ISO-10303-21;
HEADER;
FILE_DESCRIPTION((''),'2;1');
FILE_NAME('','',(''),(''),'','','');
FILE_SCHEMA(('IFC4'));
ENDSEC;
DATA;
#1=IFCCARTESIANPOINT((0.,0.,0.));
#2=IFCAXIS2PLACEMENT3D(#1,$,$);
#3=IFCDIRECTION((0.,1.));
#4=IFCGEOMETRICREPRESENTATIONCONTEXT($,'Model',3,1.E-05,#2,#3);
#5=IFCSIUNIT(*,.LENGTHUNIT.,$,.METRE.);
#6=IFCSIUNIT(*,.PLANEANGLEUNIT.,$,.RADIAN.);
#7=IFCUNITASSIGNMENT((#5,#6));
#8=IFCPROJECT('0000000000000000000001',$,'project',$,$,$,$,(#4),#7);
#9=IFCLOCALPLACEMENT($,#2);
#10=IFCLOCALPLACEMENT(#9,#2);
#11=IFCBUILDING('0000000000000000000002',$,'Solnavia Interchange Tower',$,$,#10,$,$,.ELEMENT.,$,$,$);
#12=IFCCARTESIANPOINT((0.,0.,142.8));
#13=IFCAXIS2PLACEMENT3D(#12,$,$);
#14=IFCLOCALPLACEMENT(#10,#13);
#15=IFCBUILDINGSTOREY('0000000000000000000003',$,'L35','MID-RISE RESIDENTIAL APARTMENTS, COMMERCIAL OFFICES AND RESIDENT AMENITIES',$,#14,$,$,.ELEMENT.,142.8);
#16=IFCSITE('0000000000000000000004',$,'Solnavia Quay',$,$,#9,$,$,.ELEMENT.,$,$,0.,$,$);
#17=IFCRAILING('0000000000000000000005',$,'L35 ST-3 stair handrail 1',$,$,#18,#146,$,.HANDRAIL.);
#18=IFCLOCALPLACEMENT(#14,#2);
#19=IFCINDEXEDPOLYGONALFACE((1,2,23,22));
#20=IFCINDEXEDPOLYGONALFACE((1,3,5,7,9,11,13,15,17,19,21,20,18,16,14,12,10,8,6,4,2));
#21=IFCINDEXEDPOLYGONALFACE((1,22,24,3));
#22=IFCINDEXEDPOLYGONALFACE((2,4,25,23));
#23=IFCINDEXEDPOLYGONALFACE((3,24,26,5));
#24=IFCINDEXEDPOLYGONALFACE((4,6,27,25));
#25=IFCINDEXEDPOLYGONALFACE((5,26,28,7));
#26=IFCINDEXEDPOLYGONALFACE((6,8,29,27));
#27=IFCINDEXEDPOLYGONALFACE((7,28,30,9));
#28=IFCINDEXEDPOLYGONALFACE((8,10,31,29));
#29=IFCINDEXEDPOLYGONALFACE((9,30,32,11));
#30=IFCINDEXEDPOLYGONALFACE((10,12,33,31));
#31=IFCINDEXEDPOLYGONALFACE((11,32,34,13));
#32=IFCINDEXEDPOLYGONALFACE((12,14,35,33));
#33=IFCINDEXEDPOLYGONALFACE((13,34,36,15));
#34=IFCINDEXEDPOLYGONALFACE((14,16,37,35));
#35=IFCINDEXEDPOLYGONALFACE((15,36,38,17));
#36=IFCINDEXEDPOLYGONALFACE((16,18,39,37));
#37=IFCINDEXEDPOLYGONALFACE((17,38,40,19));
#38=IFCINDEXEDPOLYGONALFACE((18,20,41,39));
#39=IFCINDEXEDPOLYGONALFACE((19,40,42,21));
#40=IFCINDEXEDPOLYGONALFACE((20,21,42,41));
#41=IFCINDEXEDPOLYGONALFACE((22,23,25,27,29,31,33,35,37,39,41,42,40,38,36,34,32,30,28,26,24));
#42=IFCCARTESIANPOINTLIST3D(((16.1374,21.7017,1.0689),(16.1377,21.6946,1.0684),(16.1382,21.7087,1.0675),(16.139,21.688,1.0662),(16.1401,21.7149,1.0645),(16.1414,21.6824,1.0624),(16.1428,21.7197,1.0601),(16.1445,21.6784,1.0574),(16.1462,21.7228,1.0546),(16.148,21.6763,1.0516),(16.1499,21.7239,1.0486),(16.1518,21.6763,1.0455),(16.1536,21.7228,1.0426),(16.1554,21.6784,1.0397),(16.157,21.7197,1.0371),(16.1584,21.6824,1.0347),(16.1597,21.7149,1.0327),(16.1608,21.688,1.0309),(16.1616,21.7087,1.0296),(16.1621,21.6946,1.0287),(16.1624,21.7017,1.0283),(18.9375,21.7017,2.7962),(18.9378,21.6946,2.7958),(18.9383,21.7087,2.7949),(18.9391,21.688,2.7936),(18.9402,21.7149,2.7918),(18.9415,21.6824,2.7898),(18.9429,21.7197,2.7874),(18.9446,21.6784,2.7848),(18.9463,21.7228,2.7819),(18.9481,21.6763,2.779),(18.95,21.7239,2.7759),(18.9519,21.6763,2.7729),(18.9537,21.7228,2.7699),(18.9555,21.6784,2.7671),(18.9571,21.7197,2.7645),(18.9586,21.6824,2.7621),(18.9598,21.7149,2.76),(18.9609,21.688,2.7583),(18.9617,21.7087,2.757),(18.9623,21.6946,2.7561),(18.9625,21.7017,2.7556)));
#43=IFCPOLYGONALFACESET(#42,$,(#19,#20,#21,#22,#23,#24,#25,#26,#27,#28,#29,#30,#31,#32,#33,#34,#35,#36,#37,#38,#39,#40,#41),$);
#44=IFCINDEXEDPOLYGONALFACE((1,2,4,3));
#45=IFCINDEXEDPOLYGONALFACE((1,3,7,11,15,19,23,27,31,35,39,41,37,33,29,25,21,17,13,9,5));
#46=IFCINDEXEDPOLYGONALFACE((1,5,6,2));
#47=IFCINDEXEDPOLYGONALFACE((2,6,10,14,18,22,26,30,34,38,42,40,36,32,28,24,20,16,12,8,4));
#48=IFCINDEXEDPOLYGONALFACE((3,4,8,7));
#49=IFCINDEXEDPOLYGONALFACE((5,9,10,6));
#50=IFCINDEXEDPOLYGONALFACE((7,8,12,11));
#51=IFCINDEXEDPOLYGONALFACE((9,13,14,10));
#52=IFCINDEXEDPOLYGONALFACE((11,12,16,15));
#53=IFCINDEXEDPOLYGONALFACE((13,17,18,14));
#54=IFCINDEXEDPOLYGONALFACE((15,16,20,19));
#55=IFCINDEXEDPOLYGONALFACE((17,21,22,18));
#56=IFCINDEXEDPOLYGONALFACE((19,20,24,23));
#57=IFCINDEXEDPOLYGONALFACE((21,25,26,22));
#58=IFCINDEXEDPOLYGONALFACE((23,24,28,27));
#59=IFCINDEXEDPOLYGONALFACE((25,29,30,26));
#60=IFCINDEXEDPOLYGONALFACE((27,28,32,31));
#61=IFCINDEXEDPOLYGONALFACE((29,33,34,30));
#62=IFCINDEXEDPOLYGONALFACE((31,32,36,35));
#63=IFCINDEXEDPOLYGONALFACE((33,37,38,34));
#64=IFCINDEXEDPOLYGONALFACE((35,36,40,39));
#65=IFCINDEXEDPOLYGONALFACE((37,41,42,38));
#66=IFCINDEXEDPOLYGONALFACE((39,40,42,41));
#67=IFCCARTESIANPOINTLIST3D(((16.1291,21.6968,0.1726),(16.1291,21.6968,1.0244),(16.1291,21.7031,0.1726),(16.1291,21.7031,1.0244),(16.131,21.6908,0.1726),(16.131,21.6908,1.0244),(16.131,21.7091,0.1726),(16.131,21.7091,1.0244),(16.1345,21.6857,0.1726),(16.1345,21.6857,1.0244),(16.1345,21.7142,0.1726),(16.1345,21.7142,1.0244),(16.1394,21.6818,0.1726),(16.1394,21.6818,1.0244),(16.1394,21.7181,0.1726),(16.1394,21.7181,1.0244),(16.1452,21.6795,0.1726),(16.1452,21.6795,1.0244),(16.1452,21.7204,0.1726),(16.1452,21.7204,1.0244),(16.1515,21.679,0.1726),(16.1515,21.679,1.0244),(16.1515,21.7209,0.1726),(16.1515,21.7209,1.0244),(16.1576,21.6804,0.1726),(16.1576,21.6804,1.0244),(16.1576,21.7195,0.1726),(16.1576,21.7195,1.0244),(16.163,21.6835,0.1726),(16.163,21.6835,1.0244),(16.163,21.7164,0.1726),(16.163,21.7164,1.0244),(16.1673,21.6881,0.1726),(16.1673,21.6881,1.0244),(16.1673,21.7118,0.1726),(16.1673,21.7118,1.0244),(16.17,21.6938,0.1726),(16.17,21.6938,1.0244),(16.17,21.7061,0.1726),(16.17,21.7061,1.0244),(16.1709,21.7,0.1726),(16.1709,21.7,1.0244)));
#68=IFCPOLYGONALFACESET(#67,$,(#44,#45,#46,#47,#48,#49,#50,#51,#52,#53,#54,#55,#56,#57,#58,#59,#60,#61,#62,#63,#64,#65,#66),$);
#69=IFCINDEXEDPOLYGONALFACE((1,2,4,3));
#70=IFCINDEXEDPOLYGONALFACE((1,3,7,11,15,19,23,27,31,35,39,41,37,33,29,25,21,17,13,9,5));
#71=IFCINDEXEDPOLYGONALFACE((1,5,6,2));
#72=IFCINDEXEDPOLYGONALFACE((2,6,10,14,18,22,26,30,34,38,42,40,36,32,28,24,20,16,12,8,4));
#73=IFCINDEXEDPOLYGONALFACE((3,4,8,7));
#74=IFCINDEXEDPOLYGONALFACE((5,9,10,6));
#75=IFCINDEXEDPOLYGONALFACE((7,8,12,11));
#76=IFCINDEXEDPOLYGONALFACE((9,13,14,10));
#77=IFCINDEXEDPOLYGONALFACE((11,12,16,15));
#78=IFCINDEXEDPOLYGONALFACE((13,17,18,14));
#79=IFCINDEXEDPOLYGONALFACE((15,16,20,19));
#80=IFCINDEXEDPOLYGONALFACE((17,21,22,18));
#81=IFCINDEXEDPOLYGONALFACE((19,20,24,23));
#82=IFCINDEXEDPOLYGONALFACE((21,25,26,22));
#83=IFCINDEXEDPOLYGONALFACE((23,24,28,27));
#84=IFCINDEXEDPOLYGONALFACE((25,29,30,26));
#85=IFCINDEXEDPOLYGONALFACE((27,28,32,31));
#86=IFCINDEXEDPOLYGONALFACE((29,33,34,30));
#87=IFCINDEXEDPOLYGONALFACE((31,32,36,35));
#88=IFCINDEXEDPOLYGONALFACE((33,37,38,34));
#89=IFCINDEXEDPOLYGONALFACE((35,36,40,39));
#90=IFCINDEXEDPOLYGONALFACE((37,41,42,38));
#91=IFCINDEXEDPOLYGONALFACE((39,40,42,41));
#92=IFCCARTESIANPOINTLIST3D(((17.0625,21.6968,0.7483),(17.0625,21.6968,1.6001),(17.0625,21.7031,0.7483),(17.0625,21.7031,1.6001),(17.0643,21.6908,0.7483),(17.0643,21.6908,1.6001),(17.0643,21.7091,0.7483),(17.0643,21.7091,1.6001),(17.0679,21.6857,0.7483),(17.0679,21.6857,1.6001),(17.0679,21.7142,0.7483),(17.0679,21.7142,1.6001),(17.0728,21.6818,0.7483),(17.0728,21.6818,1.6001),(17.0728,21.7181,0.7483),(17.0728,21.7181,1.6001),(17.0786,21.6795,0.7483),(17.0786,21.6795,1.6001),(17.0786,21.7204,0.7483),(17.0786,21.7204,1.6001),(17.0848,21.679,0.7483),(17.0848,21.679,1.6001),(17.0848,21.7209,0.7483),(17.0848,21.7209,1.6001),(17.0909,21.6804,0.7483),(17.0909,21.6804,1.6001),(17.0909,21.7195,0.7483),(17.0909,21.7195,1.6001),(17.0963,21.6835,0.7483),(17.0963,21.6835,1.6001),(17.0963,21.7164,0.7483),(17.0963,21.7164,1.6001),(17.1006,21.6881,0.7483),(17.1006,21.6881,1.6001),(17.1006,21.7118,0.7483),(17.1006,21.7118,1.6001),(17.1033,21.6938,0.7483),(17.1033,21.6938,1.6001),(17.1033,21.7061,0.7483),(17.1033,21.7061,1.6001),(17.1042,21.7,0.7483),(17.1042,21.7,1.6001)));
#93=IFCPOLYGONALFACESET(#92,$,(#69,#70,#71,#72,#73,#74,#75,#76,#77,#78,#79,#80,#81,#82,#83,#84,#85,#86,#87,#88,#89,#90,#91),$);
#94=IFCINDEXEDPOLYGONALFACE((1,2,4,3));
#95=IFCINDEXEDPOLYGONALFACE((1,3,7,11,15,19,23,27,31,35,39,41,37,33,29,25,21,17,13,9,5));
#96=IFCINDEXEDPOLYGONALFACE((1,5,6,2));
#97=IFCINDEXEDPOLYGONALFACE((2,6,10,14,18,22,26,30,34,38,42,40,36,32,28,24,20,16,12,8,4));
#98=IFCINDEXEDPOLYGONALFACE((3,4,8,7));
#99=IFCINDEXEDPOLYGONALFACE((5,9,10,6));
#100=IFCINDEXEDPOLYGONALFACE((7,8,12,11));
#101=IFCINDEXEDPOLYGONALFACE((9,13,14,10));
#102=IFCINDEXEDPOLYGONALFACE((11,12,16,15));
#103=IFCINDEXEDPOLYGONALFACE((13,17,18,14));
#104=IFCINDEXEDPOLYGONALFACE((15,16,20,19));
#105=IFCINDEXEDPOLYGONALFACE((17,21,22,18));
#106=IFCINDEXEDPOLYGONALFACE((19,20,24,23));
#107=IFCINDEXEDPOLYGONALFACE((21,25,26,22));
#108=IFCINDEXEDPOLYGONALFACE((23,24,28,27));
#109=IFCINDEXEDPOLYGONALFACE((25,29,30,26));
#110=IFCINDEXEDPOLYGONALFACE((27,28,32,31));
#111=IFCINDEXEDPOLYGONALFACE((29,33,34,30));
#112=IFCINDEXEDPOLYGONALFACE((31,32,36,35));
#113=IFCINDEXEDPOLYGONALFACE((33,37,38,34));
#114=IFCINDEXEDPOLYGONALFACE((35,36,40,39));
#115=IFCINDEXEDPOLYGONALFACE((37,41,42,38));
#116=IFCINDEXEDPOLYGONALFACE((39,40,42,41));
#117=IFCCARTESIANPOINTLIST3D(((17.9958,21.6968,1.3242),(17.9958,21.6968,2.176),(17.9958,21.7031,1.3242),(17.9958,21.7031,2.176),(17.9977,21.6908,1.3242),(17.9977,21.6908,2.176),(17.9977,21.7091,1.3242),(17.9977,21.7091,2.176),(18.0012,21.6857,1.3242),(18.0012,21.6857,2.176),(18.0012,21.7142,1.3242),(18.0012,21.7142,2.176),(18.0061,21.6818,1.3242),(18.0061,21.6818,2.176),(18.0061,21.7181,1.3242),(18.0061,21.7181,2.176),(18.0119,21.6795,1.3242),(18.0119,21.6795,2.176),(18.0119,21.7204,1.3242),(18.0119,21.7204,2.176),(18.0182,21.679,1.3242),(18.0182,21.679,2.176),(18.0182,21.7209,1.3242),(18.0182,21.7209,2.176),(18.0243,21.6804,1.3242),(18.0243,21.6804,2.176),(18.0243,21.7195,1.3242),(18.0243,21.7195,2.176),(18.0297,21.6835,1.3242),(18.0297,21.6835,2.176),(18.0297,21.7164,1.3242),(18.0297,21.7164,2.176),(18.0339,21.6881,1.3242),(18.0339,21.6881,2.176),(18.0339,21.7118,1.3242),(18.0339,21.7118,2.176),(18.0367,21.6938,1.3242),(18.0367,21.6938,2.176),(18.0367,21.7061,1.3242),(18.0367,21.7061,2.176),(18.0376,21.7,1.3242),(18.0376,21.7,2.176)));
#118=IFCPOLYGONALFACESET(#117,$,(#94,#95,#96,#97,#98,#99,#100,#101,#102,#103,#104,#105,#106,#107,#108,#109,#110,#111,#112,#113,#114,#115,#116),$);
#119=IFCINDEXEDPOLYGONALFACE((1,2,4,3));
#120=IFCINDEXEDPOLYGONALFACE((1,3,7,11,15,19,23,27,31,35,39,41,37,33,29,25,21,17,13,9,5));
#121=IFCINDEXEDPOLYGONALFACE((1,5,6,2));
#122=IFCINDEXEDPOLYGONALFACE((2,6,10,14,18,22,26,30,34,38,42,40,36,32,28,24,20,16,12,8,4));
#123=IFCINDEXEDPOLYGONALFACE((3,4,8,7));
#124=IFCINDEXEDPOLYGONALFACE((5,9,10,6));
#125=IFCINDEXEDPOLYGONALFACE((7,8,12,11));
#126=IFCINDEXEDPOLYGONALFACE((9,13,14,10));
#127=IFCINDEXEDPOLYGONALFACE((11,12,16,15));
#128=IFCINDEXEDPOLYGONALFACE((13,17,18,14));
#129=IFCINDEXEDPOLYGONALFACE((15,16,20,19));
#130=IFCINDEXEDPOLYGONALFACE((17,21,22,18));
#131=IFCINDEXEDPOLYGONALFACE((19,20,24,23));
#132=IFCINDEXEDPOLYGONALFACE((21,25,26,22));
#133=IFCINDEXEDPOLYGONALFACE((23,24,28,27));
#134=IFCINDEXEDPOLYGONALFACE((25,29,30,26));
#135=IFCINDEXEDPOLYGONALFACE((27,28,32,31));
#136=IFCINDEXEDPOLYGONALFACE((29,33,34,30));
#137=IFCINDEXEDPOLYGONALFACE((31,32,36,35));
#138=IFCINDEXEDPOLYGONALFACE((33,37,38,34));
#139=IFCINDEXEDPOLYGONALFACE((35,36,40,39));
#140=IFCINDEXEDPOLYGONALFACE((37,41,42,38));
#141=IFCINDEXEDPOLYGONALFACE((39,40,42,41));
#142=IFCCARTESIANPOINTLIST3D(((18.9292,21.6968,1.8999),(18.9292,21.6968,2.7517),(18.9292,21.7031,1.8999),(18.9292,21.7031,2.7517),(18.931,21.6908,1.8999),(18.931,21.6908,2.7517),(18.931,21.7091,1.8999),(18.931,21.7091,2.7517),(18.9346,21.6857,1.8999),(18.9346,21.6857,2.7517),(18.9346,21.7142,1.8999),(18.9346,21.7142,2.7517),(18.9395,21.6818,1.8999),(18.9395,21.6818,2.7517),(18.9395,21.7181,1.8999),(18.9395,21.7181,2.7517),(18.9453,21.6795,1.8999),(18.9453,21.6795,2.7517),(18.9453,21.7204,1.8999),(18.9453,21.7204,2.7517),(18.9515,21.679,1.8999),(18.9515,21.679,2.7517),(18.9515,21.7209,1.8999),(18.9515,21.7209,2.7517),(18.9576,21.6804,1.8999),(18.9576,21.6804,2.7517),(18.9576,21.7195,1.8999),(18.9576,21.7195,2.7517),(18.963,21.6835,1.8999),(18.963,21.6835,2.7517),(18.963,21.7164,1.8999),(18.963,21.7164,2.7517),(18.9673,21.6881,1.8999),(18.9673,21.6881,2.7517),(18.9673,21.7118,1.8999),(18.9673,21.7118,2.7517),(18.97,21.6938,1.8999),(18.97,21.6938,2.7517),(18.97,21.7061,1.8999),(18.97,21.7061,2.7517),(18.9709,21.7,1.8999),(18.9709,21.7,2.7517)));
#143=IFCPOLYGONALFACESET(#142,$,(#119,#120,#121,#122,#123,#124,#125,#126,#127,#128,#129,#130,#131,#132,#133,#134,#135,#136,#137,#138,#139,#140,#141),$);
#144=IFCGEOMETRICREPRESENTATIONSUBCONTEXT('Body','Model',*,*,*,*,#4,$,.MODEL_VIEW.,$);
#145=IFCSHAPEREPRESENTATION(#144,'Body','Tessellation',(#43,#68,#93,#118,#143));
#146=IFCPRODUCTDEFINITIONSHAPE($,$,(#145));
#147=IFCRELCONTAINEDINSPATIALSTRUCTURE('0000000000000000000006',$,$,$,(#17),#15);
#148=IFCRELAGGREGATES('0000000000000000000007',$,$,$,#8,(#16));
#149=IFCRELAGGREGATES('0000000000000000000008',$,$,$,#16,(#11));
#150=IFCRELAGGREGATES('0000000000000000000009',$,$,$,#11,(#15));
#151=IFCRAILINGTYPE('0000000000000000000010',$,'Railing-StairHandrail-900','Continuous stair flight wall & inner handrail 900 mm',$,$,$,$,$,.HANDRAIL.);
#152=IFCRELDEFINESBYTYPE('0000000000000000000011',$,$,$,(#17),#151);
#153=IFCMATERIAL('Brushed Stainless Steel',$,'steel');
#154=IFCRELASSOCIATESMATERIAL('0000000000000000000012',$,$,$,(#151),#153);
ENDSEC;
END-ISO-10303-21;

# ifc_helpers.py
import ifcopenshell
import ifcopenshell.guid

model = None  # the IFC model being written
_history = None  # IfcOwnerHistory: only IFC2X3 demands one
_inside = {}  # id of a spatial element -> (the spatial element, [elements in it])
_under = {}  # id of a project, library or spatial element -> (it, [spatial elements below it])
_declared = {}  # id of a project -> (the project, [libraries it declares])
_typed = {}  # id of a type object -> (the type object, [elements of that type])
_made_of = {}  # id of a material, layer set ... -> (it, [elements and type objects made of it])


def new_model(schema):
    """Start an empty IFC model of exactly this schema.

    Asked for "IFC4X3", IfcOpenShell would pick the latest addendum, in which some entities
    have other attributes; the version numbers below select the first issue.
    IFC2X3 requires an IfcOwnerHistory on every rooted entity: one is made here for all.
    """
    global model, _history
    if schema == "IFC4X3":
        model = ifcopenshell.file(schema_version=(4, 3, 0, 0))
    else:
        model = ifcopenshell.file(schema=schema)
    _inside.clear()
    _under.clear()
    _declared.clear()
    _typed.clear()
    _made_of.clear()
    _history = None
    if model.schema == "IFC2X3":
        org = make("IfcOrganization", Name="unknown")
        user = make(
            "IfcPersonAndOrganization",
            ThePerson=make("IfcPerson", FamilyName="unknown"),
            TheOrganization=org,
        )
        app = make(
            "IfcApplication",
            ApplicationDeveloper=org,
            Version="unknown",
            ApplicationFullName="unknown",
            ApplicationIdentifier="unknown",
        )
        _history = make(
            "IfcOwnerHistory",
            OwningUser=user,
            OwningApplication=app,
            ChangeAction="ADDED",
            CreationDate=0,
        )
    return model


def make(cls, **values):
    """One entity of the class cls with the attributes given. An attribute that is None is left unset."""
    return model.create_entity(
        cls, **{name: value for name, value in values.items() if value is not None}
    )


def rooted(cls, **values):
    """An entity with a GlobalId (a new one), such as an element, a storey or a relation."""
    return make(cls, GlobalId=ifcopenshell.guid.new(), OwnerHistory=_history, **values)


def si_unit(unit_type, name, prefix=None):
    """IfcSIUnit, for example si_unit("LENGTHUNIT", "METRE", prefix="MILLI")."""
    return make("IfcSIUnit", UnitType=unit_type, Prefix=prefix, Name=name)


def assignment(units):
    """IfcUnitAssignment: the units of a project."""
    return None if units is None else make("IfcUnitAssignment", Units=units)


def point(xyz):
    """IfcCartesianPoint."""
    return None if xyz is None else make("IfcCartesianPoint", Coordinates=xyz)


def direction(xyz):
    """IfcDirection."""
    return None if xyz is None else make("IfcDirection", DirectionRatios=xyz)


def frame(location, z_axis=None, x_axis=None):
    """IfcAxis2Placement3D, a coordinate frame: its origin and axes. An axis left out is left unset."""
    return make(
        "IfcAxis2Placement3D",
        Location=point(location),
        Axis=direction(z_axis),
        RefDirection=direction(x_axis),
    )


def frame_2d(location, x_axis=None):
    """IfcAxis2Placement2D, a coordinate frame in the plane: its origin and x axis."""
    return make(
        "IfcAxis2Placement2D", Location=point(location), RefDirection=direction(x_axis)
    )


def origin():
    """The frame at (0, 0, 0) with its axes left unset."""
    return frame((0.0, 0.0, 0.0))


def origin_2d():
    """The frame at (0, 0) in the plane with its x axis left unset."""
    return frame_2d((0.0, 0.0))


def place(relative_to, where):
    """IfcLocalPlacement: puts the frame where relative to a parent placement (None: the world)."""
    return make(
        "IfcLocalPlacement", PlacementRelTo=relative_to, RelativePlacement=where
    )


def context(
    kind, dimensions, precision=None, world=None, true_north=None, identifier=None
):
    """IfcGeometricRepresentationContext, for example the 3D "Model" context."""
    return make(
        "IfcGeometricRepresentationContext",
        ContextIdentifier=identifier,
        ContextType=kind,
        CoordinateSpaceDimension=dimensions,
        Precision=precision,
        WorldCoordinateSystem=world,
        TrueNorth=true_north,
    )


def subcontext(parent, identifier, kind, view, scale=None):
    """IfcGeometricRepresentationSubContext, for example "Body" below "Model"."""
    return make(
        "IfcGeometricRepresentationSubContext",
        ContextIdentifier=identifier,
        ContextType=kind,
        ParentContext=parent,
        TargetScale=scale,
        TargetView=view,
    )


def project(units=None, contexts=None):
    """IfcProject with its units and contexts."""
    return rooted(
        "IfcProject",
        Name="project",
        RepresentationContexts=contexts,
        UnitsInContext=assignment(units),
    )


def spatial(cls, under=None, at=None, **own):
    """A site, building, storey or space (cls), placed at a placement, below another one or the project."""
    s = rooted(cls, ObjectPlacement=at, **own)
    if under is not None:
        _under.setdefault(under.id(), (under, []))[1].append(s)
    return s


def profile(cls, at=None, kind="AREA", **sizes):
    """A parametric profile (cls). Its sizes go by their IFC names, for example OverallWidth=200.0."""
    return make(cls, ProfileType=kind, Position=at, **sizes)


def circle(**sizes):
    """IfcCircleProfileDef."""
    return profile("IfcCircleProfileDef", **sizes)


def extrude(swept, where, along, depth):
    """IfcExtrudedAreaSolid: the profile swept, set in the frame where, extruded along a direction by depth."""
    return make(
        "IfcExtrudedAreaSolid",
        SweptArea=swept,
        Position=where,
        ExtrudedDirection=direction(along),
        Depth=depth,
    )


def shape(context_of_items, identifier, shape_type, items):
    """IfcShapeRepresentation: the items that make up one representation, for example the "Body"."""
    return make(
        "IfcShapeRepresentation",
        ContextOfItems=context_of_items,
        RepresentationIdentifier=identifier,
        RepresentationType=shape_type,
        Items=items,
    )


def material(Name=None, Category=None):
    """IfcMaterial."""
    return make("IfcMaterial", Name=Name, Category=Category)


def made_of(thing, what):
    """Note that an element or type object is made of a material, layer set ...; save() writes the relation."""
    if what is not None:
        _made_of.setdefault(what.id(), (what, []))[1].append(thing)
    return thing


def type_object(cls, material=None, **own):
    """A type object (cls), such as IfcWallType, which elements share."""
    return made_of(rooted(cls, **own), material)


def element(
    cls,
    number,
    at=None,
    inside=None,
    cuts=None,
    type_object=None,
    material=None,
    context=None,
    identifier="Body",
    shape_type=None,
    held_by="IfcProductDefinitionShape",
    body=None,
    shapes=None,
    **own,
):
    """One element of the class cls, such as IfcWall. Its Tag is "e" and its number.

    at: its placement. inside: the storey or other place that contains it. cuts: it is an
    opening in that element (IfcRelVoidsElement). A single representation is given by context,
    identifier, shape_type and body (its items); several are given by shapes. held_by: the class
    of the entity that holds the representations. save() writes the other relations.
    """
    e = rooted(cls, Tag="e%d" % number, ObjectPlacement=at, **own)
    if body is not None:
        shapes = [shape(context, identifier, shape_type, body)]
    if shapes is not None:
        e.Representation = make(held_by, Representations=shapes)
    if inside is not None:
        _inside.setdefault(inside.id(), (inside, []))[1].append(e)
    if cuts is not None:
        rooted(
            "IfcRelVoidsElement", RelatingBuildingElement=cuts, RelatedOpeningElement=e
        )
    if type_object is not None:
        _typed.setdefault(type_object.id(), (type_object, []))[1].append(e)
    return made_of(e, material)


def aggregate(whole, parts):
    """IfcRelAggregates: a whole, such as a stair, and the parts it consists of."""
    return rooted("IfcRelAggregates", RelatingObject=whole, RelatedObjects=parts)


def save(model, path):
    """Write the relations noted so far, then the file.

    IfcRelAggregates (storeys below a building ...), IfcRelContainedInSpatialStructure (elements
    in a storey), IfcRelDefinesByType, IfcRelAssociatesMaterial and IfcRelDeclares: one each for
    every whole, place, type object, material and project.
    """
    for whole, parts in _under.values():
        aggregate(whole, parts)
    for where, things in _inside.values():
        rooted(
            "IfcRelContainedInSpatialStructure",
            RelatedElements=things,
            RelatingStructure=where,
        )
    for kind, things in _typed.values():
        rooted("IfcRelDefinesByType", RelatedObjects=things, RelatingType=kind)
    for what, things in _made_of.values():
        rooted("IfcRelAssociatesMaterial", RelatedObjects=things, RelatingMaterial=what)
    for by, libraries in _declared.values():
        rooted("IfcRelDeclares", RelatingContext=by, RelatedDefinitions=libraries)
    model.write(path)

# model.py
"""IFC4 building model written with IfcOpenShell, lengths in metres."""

from ifc_helpers import new_model, si_unit, direction, frame, origin, origin_2d, place, context, subcontext, project, spatial, circle, extrude, material, type_object, element, save


model = new_model("IFC4")

# Units and contexts
model_context = context("Model", 3, precision=1e-05, world=origin(), true_north=direction((0.0, 1.0)))
body_context = subcontext(model_context, "Body", "Model", "MODEL_VIEW")
ifc_project = project(units=[si_unit("LENGTHUNIT", "METRE"), si_unit("PLANEANGLEUNIT", "RADIAN")], contexts=[model_context])

# Site, building, storey
site_placement = place(None, origin())
site = spatial("IfcSite", under=ifc_project, at=site_placement, Name="Solnavia Quay", CompositionType="ELEMENT", RefElevation=0.0)
building_placement = place(site_placement, origin())
building = spatial("IfcBuilding", under=site, at=building_placement, Name="Solnavia Interchange Tower", CompositionType="ELEMENT")
storey_placement = place(building_placement, frame((0.0, 0.0, 142.8)))
storey = spatial("IfcBuildingStorey", under=building, at=storey_placement, Name="L35", Description="MID-RISE RESIDENTIAL APARTMENTS, COMMERCIAL OFFICES AND RESIDENT AMENITIES", CompositionType="ELEMENT", Elevation=142.8)

# Railing
ifc_material_1 = material(Name="Brushed Stainless Steel", Category="steel")
railing_type_1 = type_object("IfcRailingType", Name="Railing-StairHandrail-900", Description="Continuous stair flight wall & inner handrail 900 mm", PredefinedType="HANDRAIL", material=ifc_material_1)
railing_1_placement = place(storey_placement, frame((16.1499, 21.7, 0.1726)))
element("IfcRailing", 1, at=railing_1_placement, inside=storey, type_object=railing_type_1, Name="L35 ST-3 stair handrail 1", PredefinedType="HANDRAIL", context=body_context, shape_type="SweptSolid", body=[
    extrude(circle(Radius=0.0239, at=origin_2d()), frame((0.0, 0.0, 0.876), z_axis=(0.85109, 0.0, 0.52502), x_axis=(0.0, 1.0, 0.0)), (0.0, 0.0, 1.0), 3.29),
    extrude(circle(Radius=0.021, at=origin_2d()), origin(), (0.0, 0.0, 1.0), 0.8518),
    extrude(circle(Radius=0.021, at=origin_2d()), frame((0.9333, 0.0, 0.5757)), (0.0, 0.0, 1.0), 0.8518),
    extrude(circle(Radius=0.021, at=origin_2d()), frame((1.8667, 0.0, 1.1516)), (0.0, 0.0, 1.0), 0.8518),
    extrude(circle(Radius=0.021, at=origin_2d()), frame((2.8, 0.0, 1.7273)), (0.0, 0.0, 1.0), 0.8518),
])

save(model, "model.ifc")
